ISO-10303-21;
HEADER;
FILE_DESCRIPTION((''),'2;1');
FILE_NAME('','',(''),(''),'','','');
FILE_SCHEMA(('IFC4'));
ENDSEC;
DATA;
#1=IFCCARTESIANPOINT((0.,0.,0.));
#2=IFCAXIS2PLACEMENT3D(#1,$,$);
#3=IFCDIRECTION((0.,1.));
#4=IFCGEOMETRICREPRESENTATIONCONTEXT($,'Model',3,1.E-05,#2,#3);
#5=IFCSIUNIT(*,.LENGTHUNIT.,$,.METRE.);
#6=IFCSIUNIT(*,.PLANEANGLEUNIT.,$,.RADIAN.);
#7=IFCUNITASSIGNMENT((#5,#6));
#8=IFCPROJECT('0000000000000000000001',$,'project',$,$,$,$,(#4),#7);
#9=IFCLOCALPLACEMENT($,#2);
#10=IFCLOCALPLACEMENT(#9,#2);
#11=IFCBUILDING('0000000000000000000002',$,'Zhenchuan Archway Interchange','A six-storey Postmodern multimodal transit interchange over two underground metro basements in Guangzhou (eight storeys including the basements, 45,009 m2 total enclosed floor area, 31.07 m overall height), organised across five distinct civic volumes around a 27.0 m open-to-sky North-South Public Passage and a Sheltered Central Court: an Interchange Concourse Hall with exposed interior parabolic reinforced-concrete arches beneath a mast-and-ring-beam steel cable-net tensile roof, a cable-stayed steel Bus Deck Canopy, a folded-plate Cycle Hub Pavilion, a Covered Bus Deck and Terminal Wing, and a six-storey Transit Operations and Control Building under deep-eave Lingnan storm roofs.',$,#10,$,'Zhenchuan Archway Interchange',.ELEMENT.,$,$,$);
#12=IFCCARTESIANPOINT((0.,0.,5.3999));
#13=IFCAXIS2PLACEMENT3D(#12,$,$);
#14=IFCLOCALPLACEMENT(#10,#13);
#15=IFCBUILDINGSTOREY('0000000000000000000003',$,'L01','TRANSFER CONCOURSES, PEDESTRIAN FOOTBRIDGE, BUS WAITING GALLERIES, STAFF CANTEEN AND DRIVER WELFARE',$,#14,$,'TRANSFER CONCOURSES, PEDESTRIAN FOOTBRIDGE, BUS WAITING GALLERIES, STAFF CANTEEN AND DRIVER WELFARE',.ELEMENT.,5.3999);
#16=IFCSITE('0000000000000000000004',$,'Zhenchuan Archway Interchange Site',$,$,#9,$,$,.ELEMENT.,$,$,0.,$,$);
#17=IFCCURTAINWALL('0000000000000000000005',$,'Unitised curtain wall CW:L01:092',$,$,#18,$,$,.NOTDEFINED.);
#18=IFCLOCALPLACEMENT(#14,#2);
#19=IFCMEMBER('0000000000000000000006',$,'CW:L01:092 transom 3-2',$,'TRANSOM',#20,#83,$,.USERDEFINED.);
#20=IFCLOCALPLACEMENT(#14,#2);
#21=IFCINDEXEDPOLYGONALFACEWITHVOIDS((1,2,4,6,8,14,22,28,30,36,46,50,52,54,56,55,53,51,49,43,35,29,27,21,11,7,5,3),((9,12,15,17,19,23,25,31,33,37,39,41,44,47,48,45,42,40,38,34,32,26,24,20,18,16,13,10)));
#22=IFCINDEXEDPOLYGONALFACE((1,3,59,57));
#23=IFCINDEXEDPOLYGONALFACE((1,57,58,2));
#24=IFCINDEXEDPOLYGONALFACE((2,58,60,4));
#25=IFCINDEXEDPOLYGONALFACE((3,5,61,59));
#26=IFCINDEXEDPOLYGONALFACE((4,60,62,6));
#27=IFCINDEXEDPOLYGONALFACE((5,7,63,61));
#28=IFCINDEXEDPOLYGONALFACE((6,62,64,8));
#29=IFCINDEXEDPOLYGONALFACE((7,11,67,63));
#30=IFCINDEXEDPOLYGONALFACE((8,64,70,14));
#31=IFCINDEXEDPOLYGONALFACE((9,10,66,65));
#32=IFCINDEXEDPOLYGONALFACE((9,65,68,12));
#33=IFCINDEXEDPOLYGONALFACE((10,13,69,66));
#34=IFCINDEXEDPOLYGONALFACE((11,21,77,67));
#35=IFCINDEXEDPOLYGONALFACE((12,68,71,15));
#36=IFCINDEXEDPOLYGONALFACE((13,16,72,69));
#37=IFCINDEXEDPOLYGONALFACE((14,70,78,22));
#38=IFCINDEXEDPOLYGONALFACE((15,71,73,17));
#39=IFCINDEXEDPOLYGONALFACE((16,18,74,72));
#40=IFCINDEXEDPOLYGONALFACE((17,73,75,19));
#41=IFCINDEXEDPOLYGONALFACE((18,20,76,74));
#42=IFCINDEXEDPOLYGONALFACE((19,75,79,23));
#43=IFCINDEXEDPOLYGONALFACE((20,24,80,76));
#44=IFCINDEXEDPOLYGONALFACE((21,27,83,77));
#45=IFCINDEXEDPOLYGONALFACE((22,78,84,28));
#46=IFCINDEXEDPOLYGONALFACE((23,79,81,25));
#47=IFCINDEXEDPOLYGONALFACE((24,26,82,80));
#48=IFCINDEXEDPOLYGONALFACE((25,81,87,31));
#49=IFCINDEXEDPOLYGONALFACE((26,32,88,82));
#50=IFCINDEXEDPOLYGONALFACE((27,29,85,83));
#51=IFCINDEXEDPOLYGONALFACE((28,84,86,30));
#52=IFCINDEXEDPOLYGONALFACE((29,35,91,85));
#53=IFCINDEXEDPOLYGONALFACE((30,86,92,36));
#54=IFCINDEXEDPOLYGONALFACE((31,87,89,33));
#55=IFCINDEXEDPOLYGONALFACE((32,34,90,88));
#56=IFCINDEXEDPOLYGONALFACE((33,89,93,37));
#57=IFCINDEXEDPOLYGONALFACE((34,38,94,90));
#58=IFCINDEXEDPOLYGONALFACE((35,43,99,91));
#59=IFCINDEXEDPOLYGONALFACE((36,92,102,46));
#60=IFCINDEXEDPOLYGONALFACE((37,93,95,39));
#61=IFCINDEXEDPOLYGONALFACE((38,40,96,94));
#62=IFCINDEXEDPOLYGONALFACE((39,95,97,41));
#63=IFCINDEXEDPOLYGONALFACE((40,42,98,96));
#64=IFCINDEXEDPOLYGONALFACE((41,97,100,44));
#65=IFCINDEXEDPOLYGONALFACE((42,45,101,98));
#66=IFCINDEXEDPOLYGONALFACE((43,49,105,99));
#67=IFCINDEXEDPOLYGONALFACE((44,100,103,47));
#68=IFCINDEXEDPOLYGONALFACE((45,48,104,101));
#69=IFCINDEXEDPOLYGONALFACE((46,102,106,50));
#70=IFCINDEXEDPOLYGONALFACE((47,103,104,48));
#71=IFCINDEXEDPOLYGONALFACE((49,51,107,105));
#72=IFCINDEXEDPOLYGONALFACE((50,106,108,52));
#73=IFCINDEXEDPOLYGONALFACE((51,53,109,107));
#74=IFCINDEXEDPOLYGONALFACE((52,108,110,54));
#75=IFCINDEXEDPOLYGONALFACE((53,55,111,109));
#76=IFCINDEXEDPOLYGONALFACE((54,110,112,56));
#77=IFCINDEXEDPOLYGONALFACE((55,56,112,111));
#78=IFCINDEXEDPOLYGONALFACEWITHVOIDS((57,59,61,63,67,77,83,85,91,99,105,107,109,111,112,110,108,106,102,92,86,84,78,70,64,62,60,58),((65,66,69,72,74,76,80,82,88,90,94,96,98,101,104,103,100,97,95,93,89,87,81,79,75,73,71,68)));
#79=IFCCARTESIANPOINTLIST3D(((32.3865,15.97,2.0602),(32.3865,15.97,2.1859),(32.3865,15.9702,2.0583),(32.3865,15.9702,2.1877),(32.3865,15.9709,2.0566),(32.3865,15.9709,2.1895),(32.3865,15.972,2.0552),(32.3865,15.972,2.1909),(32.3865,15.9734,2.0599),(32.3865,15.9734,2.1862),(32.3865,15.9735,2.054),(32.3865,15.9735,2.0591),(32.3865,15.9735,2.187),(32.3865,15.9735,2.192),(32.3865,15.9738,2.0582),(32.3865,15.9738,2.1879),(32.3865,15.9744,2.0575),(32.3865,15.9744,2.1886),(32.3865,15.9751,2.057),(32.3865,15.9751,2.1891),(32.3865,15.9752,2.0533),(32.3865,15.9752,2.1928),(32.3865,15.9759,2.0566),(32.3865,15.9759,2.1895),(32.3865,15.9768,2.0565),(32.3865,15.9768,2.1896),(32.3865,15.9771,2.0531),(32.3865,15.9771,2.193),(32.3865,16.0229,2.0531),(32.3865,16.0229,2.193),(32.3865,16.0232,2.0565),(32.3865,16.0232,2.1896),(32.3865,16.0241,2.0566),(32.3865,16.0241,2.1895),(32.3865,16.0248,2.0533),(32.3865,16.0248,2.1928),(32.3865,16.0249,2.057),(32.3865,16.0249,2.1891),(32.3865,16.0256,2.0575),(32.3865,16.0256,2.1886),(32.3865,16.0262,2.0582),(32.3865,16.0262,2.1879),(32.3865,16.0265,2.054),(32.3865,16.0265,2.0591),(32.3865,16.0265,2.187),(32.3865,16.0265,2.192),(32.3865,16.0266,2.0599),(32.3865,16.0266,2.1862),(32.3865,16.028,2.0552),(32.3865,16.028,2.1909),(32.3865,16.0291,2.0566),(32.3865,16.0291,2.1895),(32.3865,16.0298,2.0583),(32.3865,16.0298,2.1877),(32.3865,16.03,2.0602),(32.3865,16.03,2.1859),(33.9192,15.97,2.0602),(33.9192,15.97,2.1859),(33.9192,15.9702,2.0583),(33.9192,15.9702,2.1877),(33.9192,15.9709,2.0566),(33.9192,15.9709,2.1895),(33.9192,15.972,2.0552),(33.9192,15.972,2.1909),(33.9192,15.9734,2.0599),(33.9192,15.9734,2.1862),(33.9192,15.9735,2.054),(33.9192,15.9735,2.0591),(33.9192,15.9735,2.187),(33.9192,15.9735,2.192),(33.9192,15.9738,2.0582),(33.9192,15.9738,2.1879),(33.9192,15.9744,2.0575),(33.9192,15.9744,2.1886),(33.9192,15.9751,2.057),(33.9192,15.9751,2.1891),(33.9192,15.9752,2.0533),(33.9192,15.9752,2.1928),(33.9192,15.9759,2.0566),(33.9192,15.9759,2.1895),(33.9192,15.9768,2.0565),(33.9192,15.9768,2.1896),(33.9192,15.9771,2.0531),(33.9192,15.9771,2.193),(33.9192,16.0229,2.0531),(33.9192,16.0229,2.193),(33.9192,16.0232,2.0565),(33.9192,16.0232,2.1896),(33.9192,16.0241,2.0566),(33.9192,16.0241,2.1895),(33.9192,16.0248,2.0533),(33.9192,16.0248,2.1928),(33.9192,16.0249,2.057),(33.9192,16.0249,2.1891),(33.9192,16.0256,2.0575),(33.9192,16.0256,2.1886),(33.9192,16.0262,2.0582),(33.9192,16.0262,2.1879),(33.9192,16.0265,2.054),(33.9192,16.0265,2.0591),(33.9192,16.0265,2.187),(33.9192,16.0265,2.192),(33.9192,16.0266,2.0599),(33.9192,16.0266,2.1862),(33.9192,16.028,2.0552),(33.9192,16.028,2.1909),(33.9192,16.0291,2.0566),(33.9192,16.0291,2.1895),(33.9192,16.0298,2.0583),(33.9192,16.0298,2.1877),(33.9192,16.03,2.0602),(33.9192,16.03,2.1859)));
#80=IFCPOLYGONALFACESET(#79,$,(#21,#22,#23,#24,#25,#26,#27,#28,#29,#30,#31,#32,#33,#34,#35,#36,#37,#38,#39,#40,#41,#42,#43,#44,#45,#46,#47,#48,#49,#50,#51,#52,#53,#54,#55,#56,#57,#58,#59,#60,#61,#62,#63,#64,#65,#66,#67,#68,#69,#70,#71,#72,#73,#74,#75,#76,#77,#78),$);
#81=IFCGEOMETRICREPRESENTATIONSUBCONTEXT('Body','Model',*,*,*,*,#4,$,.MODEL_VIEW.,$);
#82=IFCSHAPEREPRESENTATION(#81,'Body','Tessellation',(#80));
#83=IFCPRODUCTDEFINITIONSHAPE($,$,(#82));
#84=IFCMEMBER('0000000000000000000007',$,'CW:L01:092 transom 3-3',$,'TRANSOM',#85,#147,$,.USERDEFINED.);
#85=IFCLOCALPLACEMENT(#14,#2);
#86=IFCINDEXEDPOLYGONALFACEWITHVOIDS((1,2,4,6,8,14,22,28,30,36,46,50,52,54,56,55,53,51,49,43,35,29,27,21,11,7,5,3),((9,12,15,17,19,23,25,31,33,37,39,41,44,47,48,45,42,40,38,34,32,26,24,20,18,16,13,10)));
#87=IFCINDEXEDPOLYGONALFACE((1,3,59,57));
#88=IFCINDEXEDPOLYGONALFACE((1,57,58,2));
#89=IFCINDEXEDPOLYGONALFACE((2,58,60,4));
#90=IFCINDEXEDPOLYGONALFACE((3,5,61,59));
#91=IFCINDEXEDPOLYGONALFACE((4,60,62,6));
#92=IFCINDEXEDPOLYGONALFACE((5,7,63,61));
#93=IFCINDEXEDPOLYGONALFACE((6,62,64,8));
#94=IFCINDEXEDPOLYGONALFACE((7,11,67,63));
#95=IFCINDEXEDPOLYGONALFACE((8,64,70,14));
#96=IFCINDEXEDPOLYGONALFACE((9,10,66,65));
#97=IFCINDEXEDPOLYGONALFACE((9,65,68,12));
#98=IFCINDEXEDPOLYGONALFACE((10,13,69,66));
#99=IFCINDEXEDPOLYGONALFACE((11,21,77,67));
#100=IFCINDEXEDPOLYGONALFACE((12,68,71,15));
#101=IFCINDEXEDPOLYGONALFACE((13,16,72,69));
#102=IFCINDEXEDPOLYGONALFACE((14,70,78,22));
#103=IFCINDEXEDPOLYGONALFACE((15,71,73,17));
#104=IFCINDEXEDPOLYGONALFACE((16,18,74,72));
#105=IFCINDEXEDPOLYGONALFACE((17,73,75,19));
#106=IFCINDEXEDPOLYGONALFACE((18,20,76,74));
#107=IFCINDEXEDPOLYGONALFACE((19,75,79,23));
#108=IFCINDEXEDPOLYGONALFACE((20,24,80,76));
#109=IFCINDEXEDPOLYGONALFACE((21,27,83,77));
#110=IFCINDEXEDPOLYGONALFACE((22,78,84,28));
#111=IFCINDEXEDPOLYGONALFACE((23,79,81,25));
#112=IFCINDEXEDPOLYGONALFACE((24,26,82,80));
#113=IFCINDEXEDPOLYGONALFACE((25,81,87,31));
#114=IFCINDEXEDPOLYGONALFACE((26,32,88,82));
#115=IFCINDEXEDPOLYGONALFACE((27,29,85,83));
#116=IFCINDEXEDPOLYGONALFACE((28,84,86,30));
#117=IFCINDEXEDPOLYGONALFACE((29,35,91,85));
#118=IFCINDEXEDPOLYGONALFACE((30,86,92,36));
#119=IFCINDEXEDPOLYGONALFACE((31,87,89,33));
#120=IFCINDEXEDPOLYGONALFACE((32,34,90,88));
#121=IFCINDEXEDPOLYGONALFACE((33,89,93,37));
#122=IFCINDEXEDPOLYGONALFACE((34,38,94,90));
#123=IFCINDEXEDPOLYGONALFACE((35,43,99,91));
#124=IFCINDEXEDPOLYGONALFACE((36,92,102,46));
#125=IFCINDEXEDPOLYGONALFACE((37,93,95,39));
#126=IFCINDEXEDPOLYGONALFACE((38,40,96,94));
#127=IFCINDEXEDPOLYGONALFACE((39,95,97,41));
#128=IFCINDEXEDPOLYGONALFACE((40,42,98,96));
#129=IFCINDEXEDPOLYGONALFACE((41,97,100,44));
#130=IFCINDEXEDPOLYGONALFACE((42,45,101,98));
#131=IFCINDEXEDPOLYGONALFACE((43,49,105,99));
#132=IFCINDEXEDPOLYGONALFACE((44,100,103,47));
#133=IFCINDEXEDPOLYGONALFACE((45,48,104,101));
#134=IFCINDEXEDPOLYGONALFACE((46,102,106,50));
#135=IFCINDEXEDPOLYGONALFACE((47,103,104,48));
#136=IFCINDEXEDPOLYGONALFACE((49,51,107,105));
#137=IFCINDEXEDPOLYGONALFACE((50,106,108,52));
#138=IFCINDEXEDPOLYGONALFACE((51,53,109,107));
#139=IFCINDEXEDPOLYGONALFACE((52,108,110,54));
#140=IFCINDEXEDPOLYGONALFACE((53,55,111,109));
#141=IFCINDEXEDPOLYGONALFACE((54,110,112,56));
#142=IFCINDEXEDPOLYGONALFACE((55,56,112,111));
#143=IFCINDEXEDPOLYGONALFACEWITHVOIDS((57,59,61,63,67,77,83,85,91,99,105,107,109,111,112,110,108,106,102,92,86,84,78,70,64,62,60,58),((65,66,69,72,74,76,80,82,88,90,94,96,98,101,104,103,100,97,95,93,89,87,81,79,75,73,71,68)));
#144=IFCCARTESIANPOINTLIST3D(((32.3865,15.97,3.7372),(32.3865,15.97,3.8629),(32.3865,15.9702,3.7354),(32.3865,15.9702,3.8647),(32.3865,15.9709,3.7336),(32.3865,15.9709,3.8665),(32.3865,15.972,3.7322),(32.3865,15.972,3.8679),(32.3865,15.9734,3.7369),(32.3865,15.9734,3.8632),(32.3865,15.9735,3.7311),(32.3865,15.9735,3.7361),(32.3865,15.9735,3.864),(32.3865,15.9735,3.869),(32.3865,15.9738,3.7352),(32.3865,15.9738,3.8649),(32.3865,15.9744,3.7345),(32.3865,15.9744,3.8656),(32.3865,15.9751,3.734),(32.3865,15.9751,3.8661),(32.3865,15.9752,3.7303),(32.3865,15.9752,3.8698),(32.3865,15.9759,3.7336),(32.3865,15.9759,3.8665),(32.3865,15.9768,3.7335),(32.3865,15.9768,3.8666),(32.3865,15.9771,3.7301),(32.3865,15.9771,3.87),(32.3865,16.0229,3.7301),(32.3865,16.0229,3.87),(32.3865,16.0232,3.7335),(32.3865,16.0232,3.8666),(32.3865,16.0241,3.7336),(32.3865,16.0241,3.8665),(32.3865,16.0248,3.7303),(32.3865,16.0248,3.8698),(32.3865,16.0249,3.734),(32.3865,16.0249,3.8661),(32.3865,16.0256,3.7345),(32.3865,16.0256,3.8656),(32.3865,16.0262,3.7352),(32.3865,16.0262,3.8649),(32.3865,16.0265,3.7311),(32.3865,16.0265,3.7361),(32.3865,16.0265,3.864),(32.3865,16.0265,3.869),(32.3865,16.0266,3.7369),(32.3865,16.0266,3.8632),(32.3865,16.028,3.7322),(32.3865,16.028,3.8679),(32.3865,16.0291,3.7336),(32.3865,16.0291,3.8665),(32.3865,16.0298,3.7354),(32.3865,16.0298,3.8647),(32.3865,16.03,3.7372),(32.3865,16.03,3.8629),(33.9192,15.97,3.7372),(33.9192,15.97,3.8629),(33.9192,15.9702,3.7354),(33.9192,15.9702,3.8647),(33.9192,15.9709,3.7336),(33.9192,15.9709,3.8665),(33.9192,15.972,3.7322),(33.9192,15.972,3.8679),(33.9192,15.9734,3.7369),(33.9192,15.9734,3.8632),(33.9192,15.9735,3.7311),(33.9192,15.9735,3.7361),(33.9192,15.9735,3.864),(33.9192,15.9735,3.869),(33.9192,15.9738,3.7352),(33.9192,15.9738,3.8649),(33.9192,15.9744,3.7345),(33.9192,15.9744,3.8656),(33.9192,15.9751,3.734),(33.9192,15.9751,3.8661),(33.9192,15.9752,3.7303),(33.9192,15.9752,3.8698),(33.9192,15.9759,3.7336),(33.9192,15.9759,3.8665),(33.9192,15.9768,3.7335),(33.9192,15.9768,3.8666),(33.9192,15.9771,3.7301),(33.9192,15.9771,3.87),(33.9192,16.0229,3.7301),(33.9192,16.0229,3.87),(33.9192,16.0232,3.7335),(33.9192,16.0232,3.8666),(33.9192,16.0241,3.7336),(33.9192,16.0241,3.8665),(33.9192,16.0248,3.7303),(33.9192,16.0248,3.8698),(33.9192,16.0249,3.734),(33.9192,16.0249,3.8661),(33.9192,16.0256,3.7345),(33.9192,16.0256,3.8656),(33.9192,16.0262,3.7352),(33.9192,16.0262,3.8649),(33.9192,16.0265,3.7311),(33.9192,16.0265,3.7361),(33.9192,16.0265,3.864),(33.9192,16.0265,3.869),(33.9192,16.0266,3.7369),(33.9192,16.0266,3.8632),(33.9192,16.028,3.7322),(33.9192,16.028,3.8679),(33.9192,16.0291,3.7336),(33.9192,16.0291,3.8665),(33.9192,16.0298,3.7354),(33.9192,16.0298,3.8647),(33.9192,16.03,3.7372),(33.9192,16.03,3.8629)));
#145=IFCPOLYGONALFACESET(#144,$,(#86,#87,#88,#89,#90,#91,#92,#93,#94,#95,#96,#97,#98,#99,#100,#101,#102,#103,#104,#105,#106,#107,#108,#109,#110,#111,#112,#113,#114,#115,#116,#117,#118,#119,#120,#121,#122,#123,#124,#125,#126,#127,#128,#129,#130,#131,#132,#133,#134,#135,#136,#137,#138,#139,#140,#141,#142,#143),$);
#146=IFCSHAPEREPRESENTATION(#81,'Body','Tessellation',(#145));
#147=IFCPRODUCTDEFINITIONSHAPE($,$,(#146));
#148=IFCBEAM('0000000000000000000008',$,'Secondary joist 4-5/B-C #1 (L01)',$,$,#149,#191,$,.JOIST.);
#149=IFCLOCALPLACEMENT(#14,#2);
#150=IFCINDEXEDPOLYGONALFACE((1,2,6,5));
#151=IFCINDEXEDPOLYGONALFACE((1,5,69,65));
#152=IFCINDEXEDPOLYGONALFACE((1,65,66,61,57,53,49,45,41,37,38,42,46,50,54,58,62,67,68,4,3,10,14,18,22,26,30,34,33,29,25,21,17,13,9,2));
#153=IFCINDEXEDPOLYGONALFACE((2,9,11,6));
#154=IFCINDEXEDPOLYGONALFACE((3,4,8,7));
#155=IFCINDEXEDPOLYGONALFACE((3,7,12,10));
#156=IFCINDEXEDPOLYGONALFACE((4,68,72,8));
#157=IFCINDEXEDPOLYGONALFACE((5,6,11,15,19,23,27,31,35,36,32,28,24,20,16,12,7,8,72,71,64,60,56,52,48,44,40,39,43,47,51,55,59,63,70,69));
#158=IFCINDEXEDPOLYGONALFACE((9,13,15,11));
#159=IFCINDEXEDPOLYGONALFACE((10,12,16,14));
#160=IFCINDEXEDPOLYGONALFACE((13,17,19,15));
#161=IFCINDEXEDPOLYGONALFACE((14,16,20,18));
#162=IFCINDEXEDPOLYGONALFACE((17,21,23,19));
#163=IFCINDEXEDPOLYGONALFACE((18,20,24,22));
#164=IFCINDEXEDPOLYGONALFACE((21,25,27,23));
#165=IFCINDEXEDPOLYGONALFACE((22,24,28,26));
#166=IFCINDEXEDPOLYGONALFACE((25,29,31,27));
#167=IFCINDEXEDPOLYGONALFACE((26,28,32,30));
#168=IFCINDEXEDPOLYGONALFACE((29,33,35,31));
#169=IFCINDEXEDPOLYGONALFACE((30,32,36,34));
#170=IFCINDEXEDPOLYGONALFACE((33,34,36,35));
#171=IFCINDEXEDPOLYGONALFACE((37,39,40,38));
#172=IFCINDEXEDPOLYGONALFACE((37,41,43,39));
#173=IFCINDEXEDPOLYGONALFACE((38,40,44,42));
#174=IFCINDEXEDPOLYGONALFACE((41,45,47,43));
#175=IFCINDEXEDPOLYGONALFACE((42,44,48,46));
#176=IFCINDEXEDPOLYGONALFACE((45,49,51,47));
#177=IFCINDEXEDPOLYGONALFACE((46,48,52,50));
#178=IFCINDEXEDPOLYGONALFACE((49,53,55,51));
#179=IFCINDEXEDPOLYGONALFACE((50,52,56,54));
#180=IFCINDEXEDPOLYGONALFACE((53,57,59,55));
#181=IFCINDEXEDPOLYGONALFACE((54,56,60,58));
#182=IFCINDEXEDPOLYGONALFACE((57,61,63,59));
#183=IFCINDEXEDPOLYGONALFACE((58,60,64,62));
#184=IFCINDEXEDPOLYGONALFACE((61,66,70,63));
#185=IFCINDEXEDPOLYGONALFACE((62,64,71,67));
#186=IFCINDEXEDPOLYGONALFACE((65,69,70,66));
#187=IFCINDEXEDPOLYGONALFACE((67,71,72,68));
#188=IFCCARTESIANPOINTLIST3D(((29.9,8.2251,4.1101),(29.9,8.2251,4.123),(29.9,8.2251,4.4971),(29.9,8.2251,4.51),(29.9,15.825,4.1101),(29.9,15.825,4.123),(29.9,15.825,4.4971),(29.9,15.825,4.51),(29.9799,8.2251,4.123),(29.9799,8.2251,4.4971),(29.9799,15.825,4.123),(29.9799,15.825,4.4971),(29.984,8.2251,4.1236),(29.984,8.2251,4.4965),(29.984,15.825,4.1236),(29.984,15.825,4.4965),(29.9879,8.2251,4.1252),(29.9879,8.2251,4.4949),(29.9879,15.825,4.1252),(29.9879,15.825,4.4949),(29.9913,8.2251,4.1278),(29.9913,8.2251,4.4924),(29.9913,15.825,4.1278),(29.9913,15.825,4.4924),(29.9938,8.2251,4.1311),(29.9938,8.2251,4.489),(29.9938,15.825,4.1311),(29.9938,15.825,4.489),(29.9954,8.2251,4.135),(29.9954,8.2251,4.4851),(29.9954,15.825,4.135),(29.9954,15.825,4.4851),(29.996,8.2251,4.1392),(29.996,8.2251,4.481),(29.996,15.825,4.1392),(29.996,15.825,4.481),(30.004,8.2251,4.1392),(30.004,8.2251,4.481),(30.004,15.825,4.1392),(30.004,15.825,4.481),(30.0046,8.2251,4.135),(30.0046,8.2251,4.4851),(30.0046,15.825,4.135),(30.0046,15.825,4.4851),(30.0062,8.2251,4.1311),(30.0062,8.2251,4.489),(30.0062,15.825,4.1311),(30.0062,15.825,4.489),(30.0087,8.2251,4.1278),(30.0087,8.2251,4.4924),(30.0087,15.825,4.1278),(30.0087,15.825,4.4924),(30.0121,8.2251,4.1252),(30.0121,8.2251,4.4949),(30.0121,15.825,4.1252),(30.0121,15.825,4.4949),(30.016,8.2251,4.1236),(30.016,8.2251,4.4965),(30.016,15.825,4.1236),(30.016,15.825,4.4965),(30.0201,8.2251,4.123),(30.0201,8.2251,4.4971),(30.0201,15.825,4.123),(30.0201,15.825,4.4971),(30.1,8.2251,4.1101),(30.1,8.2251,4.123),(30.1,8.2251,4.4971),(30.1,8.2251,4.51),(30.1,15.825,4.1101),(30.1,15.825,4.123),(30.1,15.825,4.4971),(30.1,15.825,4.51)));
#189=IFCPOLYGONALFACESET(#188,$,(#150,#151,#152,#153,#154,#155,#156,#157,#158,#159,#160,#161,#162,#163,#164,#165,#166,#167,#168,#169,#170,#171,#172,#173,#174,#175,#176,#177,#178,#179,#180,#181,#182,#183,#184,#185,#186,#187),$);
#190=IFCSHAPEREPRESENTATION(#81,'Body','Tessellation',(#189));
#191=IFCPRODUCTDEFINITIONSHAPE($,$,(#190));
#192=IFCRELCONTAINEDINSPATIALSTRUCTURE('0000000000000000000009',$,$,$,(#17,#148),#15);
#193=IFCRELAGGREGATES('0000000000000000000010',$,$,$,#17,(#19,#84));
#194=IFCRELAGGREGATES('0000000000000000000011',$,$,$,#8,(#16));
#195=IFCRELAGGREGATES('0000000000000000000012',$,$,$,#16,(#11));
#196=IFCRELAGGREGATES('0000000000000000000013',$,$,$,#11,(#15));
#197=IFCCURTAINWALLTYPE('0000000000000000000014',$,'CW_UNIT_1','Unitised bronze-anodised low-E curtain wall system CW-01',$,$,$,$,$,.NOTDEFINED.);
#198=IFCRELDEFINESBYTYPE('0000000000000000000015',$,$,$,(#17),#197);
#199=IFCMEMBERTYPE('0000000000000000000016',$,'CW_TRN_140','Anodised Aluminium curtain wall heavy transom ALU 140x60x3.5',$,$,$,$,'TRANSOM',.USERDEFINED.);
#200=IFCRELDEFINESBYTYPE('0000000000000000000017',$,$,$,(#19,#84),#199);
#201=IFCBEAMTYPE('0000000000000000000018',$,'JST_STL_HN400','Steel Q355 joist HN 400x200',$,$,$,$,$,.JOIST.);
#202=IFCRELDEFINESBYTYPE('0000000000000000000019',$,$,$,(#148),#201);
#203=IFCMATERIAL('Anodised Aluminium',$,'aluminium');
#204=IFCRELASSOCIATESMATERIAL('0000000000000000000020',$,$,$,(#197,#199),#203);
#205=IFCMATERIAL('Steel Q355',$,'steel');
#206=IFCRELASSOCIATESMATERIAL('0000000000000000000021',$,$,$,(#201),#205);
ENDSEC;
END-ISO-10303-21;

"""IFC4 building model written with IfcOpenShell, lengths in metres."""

from ifc_helpers import new_model, si_unit, direction, frame, origin, origin_2d, place, context, subcontext, project, spatial, hollow_rectangle, i_section, extrude, material, material_profile, profile_set, type_object, element, aggregate, save


model = new_model("IFC4")

# Units and contexts
model_context = context("Model", 3, precision=1e-05, world=origin(), true_north=direction((0.0, 1.0)))
body_context = subcontext(model_context, "Body", "Model", "MODEL_VIEW")
ifc_project = project(units=[si_unit("LENGTHUNIT", "METRE"), si_unit("PLANEANGLEUNIT", "RADIAN")], contexts=[model_context])

# Site, building, storey
site_placement = place(None, origin())
site = spatial("IfcSite", under=ifc_project, at=site_placement, Name="Zhenchuan Archway Interchange Site", CompositionType="ELEMENT", RefElevation=0.0)
building_placement = place(site_placement, origin())
building = spatial("IfcBuilding", under=site, at=building_placement, Name="Zhenchuan Archway Interchange", Description="A six-storey Postmodern multimodal transit interchange over two underground metro basements in Guangzhou (eight storeys including the basements, 45,009 m2 total enclosed floor area, 31.07 m overall height), organised across five distinct civic volumes around a 27.0 m open-to-sky North-South Public Passage and a Sheltered Central Court: an Interchange Concourse Hall with exposed interior parabolic reinforced-concrete arches beneath a mast-and-ring-beam steel cable-net tensile roof, a cable-stayed steel Bus Deck Canopy, a folded-plate Cycle Hub Pavilion, a Covered Bus Deck and Terminal Wing, and a six-storey Transit Operations and Control Building under deep-eave Lingnan storm roofs.", LongName="Zhenchuan Archway Interchange", CompositionType="ELEMENT")
storey_placement = place(building_placement, frame((0.0, 0.0, 5.3999)))
storey = spatial("IfcBuildingStorey", under=building, at=storey_placement, Name="L01", Description="TRANSFER CONCOURSES, PEDESTRIAN FOOTBRIDGE, BUS WAITING GALLERIES, STAFF CANTEEN AND DRIVER WELFARE", LongName="TRANSFER CONCOURSES, PEDESTRIAN FOOTBRIDGE, BUS WAITING GALLERIES, STAFF CANTEEN AND DRIVER WELFARE", CompositionType="ELEMENT", Elevation=5.3999)

# Curtain wall, members
ifc_material_1 = material(Name="Anodised Aluminium", Category="aluminium")
curtain_wall_type = type_object("IfcCurtainWallType", Name="CW_UNIT_1", Description="Unitised bronze-anodised low-E curtain wall system CW-01", PredefinedType="NOTDEFINED", material=ifc_material_1)
curtain_wall_placement = place(storey_placement, origin())
curtain_wall = element("IfcCurtainWall", 1, at=curtain_wall_placement, inside=storey, type_object=curtain_wall_type, Name="Unitised curtain wall CW:L01:092", PredefinedType="NOTDEFINED")
ifc_material_profile_1 = material_profile(ifc_material_1, hollow_rectangle(XDim=0.0601, YDim=0.1399, WallThickness=0.0034, InnerFilletRadius=0.0034, OuterFilletRadius=0.0071, at=origin_2d()), Name="ALU 140x60x3.5")
ifc_profile_set_1 = profile_set([ifc_material_profile_1], Name="Anodised Aluminium")
member_type_1 = type_object("IfcMemberType", Name="CW_TRN_140", Description="Anodised Aluminium curtain wall heavy transom ALU 140x60x3.5", ElementType="TRANSOM", PredefinedType="USERDEFINED", material=ifc_profile_set_1)
member_1_placement = place(storey_placement, frame((32.3865, 16.0, 2.123), z_axis=(1.0, 0.0, 0.0), x_axis=(0.0, 1.0, 0.0)))
member_1 = element("IfcMember", 2, at=member_1_placement, type_object=member_type_1, Name="CW:L01:092 transom 3-2", ObjectType="TRANSOM", PredefinedType="USERDEFINED", context=body_context, shape_type="SweptSolid", body=[
    extrude(hollow_rectangle(XDim=0.0601, YDim=0.1399, WallThickness=0.0034, InnerFilletRadius=0.0034, OuterFilletRadius=0.0071, at=origin_2d()), origin(), (0.0, 0.0, 1.0), 1.5327),
])
member_2_placement = place(storey_placement, frame((32.3865, 16.0, 3.8), z_axis=(1.0, 0.0, 0.0), x_axis=(0.0, 1.0, 0.0)))
member_2 = element("IfcMember", 3, at=member_2_placement, type_object=member_type_1, Name="CW:L01:092 transom 3-3", ObjectType="TRANSOM", PredefinedType="USERDEFINED", context=body_context, shape_type="SweptSolid", body=[
    extrude(hollow_rectangle(XDim=0.0601, YDim=0.1399, WallThickness=0.0034, InnerFilletRadius=0.0034, OuterFilletRadius=0.0071, at=origin_2d()), origin(), (0.0, 0.0, 1.0), 1.5327),
])

# Beam
ifc_material_2 = material(Name="Steel Q355", Category="steel")
ifc_material_profile_2 = material_profile(ifc_material_2, i_section(OverallWidth=0.2, OverallDepth=0.3999, WebThickness=0.0081, FlangeThickness=0.0129, FilletRadius=0.0161, at=origin_2d()), Name="HN 400x200")
ifc_profile_set_2 = profile_set([ifc_material_profile_2], Name="Steel Q355")
beam_type = type_object("IfcBeamType", Name="JST_STL_HN400", Description="Steel Q355 joist HN 400x200", PredefinedType="JOIST", material=ifc_profile_set_2)
for number, where, z_axis, x_axis, name in (
    (4, (30.0, 8.2251, 4.3101), (0.0, 1.0, 0.0), (-1.0, 0.0, 0.0), "Secondary joist 4-5/B-C #1 (L01)"),
):
    element("IfcBeam", number, at=place(storey_placement, frame(where, z_axis=z_axis, x_axis=x_axis)), inside=storey, type_object=beam_type, Name=name, PredefinedType="JOIST", context=body_context, shape_type="SweptSolid", body=[
        extrude(i_section(OverallWidth=0.2, OverallDepth=0.3999, WebThickness=0.0081, FlangeThickness=0.0129, FilletRadius=0.0161, at=origin_2d()), origin(), (0.0, 0.0, 1.0), 7.5999),
    ])

aggregate(curtain_wall, [member_1, member_2])

save(model, "model.ifc")
